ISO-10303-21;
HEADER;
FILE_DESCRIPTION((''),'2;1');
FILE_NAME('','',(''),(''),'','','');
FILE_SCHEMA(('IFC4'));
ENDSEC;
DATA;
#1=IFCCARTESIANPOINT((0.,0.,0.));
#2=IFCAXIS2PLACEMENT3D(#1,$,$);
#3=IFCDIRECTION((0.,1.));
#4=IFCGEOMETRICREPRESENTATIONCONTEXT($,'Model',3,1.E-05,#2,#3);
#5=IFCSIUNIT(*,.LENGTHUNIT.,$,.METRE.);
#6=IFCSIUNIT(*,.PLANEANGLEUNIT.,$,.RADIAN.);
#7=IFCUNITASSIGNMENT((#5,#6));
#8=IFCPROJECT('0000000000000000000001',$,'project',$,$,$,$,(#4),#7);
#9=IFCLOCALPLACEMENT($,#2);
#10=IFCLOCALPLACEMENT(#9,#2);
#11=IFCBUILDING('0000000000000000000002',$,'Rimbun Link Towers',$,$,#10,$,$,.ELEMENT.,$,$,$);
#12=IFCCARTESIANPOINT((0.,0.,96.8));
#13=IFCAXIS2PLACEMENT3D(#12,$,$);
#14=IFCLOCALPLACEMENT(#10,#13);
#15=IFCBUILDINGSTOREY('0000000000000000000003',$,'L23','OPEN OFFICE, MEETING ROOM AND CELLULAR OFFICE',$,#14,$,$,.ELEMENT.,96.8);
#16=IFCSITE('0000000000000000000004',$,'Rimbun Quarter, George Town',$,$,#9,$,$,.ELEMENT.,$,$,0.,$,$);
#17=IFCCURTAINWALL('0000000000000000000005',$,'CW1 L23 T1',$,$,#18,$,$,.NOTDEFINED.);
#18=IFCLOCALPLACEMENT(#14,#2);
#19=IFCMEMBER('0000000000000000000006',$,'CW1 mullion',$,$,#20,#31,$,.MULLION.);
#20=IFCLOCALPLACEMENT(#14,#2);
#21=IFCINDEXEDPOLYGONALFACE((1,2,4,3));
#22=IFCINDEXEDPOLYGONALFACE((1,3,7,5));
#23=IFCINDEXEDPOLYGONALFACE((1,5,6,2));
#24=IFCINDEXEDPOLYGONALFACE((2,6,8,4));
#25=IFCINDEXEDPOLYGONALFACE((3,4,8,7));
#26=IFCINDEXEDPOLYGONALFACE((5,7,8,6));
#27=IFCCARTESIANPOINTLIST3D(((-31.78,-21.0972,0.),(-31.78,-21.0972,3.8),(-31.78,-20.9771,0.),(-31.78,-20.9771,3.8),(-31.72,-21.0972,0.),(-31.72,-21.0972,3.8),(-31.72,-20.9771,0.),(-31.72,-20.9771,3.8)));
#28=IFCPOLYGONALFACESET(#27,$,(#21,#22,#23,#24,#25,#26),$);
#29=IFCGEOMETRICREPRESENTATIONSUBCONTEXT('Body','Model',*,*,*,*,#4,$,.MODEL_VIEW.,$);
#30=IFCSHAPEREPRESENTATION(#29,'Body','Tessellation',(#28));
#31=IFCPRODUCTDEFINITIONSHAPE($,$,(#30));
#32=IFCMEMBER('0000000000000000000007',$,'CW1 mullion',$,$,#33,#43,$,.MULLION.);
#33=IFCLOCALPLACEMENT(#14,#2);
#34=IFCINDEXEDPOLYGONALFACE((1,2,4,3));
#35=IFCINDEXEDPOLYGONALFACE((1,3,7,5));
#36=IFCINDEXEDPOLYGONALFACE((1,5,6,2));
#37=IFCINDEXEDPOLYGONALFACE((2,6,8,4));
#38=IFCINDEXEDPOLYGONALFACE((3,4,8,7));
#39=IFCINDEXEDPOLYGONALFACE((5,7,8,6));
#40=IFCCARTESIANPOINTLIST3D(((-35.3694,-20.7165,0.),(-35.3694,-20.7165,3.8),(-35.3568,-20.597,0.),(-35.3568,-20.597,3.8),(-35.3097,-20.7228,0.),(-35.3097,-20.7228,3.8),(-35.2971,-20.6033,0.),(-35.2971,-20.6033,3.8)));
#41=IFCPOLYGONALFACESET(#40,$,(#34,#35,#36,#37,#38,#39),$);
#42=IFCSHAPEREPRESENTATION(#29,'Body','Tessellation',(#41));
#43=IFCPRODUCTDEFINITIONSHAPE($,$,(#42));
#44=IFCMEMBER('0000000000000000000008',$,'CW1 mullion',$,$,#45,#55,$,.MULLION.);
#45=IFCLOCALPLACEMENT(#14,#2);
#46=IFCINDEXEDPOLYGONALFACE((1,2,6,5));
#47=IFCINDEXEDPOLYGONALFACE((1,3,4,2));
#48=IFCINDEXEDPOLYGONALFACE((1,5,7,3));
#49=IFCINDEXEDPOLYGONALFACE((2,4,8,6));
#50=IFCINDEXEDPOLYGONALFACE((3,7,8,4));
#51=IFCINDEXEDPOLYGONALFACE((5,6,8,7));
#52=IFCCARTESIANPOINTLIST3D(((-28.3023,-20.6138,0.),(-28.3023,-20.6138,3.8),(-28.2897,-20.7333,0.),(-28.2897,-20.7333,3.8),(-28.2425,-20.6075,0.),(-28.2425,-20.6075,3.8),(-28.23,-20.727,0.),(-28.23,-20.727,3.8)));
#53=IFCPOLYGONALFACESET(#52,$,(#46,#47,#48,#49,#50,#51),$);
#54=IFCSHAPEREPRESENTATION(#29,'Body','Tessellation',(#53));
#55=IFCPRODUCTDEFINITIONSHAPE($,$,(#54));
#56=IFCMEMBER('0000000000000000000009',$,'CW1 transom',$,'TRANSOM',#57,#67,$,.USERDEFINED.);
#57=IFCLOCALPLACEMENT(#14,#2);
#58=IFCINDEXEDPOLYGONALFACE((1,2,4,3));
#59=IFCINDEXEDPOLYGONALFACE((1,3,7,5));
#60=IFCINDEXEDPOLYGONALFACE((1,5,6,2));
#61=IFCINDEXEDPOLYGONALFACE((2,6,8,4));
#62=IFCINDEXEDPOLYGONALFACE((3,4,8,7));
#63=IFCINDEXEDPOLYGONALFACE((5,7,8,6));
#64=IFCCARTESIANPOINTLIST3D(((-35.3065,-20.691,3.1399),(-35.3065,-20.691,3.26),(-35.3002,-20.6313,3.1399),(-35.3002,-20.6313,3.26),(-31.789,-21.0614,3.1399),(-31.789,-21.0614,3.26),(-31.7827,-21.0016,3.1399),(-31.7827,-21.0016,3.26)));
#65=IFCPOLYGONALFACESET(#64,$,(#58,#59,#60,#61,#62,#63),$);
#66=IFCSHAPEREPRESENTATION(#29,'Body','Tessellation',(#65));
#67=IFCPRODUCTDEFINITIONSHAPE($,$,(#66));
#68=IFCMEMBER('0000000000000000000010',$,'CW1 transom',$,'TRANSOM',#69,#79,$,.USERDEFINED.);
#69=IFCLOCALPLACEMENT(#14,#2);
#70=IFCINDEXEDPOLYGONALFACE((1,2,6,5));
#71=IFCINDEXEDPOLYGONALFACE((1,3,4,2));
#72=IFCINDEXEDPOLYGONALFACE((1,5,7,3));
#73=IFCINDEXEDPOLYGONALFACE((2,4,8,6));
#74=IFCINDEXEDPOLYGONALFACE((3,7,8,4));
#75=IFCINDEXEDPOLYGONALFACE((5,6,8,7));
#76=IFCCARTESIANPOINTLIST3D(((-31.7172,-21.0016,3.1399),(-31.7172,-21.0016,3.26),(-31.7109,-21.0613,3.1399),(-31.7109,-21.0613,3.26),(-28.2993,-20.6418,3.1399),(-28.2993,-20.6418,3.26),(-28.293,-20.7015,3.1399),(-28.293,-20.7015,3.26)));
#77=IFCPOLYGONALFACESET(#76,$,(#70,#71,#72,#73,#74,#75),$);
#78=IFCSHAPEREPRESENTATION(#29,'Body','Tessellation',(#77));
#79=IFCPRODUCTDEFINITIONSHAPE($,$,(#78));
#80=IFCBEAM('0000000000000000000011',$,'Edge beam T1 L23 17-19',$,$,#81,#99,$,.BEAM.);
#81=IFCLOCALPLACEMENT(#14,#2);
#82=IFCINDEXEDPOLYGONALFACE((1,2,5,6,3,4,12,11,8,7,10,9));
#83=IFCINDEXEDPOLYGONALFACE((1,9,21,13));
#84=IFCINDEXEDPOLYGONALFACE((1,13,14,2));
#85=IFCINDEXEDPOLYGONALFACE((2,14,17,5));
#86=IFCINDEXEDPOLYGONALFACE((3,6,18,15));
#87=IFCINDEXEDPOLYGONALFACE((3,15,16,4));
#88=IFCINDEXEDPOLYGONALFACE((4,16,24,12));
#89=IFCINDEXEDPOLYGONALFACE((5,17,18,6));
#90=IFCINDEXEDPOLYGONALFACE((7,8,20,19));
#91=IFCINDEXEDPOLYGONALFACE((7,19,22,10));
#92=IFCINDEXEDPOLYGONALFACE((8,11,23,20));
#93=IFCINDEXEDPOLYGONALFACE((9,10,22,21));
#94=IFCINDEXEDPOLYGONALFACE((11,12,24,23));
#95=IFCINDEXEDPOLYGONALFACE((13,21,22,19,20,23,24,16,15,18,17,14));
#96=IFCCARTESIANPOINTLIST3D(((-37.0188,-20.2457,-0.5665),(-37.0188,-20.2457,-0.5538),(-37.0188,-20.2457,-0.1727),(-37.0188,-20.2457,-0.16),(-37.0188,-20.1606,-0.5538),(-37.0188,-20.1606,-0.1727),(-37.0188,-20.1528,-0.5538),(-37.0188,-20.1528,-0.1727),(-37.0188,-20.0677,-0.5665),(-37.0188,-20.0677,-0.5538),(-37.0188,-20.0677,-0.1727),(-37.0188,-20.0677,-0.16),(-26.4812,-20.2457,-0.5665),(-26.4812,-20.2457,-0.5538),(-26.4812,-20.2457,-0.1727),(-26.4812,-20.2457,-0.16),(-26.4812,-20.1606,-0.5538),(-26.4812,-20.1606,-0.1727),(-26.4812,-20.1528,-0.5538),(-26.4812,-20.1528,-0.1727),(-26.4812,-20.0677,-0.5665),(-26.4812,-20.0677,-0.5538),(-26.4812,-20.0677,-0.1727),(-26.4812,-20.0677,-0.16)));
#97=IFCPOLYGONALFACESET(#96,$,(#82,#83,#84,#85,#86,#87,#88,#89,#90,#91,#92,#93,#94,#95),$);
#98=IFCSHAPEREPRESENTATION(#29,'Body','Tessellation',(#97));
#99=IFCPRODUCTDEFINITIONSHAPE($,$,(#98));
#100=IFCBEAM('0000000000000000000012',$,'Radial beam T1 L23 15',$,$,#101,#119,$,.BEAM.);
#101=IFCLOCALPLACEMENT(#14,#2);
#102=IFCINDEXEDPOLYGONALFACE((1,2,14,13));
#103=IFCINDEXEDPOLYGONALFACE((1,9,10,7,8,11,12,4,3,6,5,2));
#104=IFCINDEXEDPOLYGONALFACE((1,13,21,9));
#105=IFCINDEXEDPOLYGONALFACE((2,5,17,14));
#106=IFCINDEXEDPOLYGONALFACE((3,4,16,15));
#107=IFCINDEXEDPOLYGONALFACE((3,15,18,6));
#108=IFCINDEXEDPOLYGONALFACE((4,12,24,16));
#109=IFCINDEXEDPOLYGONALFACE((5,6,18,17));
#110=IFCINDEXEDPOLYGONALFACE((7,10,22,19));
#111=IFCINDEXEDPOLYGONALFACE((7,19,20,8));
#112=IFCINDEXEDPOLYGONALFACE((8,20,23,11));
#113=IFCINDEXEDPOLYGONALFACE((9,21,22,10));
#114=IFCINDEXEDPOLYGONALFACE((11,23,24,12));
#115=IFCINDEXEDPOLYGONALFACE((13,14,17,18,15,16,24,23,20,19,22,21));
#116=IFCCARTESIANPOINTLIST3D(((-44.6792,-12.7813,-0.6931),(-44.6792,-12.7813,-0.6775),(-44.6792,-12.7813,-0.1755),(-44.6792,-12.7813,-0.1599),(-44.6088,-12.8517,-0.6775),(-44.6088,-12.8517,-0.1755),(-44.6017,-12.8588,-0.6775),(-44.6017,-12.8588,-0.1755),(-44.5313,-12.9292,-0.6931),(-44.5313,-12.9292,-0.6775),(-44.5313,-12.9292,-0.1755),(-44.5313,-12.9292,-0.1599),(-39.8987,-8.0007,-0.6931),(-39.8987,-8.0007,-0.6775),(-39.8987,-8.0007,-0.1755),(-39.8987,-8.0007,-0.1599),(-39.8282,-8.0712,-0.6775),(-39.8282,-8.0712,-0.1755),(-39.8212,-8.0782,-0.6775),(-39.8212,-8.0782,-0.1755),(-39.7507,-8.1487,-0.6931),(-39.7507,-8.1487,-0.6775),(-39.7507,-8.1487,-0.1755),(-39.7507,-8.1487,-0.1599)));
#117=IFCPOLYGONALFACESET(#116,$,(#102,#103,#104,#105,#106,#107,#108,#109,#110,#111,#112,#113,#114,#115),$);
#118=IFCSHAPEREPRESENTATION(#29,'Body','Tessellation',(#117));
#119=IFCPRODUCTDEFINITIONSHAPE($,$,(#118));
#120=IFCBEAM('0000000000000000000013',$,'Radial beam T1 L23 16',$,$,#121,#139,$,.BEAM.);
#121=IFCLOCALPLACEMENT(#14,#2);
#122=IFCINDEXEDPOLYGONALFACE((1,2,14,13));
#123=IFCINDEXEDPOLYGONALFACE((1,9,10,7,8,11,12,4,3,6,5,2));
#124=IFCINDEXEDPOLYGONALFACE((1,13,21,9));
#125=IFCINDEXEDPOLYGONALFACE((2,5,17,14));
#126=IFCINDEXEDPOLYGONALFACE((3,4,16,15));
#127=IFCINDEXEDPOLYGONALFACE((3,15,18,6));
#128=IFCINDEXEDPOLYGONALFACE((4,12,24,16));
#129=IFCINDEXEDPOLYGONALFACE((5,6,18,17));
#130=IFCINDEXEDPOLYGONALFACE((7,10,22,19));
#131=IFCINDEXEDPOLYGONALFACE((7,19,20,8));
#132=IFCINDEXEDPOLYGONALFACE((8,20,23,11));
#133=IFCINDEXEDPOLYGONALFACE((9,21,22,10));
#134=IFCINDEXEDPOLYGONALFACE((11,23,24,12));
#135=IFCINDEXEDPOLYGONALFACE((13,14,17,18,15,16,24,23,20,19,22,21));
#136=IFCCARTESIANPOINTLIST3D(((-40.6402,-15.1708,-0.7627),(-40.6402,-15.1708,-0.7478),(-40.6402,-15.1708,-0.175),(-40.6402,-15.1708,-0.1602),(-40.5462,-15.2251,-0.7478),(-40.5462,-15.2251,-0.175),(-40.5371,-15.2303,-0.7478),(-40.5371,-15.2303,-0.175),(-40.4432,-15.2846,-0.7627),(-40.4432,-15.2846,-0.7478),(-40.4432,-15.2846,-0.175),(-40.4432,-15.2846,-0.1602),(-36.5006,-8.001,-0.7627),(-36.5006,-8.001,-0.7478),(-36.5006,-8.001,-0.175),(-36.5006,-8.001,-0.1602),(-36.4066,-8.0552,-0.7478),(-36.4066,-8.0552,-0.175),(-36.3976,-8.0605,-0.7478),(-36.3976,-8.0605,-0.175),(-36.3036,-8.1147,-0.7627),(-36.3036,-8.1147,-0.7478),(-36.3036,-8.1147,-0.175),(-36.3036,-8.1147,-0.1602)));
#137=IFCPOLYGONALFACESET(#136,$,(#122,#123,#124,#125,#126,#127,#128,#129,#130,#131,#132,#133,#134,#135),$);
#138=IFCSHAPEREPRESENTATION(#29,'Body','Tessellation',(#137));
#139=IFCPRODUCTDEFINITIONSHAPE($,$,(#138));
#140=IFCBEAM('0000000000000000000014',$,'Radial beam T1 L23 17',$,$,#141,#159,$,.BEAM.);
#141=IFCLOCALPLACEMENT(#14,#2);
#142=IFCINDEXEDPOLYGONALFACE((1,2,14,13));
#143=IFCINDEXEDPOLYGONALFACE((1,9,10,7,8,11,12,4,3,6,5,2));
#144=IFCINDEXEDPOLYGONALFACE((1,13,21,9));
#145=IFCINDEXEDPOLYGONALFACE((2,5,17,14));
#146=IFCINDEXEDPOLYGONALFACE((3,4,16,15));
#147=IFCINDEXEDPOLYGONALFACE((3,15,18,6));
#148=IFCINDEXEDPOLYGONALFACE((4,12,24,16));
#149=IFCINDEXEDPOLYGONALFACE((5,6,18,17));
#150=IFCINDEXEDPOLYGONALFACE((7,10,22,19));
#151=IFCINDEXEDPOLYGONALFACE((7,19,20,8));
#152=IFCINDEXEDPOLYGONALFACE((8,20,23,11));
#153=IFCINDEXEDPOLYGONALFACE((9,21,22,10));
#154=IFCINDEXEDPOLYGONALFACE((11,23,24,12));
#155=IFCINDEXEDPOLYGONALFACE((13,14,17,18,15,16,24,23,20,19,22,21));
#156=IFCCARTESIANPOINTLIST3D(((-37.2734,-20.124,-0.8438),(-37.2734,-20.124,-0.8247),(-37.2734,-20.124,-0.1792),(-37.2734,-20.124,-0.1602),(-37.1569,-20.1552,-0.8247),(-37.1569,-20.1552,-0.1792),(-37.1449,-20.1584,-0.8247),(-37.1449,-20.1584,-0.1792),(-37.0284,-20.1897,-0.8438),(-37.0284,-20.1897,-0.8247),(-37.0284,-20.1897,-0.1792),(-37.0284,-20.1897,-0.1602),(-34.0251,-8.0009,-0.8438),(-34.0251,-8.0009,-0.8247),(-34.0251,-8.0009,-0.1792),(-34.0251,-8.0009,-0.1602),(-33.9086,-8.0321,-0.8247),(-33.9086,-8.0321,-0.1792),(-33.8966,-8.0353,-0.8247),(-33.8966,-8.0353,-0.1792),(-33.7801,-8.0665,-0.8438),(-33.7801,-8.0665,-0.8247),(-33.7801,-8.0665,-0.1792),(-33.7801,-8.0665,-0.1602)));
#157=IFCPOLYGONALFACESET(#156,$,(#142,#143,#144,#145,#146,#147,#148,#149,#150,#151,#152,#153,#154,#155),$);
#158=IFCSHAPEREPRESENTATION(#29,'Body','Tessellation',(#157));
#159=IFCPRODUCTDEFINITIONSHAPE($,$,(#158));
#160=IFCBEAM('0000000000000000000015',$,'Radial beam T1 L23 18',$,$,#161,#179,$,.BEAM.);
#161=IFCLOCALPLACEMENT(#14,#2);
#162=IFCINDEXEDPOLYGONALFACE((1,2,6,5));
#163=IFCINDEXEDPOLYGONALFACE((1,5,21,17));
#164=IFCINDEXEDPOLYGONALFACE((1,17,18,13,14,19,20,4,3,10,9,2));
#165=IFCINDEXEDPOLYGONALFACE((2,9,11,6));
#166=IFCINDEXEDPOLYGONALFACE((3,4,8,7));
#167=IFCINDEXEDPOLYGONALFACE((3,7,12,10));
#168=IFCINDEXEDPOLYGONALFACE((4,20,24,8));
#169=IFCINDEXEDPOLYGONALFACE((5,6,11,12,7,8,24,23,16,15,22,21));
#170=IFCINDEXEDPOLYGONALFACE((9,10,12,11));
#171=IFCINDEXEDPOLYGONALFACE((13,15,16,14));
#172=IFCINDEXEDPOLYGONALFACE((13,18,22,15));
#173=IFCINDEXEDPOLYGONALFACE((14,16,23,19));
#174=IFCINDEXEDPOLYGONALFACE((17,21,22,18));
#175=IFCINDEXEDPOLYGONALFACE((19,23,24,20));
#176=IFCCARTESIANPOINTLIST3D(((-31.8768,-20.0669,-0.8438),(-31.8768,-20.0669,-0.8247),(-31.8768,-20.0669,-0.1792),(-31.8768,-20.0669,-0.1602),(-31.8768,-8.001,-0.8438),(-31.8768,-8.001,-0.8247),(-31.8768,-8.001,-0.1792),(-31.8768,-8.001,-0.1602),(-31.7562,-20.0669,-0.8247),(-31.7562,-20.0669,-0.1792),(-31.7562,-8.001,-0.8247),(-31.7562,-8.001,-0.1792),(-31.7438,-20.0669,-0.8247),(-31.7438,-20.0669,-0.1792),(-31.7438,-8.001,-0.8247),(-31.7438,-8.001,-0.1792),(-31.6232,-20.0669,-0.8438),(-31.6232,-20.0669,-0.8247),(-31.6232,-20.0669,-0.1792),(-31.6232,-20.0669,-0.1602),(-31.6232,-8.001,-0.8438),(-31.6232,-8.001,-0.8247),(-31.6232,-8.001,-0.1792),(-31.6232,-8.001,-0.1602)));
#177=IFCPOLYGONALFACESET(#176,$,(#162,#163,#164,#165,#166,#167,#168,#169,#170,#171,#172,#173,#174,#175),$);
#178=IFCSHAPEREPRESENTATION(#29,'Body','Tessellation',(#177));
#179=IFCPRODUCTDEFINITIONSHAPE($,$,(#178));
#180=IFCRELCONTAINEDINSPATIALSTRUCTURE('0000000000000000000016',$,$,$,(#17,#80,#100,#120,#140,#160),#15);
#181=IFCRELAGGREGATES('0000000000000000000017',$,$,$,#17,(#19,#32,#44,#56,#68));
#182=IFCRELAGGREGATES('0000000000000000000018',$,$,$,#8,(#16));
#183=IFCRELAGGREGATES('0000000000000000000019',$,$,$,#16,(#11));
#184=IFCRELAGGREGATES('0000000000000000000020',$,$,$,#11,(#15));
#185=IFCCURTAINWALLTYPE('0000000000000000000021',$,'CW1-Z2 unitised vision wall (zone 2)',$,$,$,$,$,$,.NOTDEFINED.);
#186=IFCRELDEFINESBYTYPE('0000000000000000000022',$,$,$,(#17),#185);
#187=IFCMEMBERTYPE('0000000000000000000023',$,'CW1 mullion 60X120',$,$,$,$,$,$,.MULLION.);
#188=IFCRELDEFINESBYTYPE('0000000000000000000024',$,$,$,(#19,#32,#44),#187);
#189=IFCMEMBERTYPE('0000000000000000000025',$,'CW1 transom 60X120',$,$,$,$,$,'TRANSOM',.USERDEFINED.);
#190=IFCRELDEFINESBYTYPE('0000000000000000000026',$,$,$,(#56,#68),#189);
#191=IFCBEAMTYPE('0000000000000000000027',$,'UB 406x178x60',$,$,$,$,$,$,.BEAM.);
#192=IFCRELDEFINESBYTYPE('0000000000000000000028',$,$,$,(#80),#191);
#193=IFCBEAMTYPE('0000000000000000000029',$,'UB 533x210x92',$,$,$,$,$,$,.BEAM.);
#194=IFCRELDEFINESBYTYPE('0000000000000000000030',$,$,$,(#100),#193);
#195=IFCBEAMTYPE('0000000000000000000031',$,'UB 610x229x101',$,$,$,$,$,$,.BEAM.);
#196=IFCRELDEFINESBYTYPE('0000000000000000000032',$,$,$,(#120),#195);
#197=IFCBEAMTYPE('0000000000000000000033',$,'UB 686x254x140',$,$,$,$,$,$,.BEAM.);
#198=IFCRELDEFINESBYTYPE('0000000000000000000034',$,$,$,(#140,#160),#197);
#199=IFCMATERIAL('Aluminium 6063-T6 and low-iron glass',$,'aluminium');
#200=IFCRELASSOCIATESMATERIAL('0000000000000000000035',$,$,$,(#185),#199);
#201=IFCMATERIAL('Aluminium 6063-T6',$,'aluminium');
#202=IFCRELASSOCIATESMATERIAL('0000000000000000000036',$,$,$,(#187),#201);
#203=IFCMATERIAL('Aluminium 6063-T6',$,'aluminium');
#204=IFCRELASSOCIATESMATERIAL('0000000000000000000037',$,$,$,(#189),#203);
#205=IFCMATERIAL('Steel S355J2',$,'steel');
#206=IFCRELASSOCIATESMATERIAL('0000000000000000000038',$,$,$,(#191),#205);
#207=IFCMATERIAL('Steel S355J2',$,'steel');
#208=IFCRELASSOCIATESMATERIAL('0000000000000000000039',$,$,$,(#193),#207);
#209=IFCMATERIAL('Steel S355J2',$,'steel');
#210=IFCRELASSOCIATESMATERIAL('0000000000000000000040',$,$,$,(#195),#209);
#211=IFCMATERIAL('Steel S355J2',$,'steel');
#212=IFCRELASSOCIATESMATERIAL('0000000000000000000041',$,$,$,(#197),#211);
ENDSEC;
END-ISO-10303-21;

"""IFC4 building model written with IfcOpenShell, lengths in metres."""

from ifc_helpers import new_model, si_unit, direction, frame, origin, origin_2d, place, context, subcontext, project, spatial, rectangle, i_section, extrude, material, material_profile, profile_set, type_object, element, aggregate, save


model = new_model("IFC4")

# Units and contexts
model_context = context("Model", 3, precision=1e-05, world=origin(), true_north=direction((0.0, 1.0)))
body_context = subcontext(model_context, "Body", "Model", "MODEL_VIEW")
ifc_project = project(units=[si_unit("LENGTHUNIT", "METRE"), si_unit("PLANEANGLEUNIT", "RADIAN")], contexts=[model_context])

# Site, building, storey
site_placement = place(None, origin())
site = spatial("IfcSite", under=ifc_project, at=site_placement, Name="Rimbun Quarter, George Town", CompositionType="ELEMENT", RefElevation=0.0)
building_placement = place(site_placement, origin())
building = spatial("IfcBuilding", under=site, at=building_placement, Name="Rimbun Link Towers", CompositionType="ELEMENT")
storey_placement = place(building_placement, frame((0.0, 0.0, 96.8)))
storey = spatial("IfcBuildingStorey", under=building, at=storey_placement, Name="L23", Description="OPEN OFFICE, MEETING ROOM AND CELLULAR OFFICE", CompositionType="ELEMENT", Elevation=96.8)

# Curtain wall, members
ifc_material_1 = material(Name="Aluminium 6063-T6 and low-iron glass", Category="aluminium")
curtain_wall_type = type_object("IfcCurtainWallType", Name="CW1-Z2 unitised vision wall (zone 2)", PredefinedType="NOTDEFINED", material=ifc_material_1)
curtain_wall_placement = place(storey_placement, origin())
curtain_wall = element("IfcCurtainWall", 1, at=curtain_wall_placement, inside=storey, type_object=curtain_wall_type, Name="CW1 L23 T1", PredefinedType="NOTDEFINED")
ifc_material_2 = material(Name="Aluminium 6063-T6", Category="aluminium")
ifc_material_profile_1 = material_profile(ifc_material_2, rectangle(XDim=0.1201, YDim=0.0601, at=origin_2d()), Name="MULLION 60X120")
ifc_profile_set_1 = profile_set([ifc_material_profile_1], Name="Aluminium 6063-T6")
member_type_1 = type_object("IfcMemberType", Name="CW1 mullion 60X120", PredefinedType="MULLION", material=ifc_profile_set_1)
member_1_placement = place(storey_placement, frame((-31.75, -21.0371, 0.0), z_axis=(0.0, 0.0, 1.0), x_axis=(0.0, -1.0, 0.0)))
member_1 = element("IfcMember", 2, at=member_1_placement, type_object=member_type_1, Name="CW1 mullion", PredefinedType="MULLION", context=body_context, shape_type="SweptSolid", body=[
    extrude(rectangle(XDim=0.1201, YDim=0.0601, at=origin_2d()), origin(), (0.0, 0.0, 1.0), 3.8),
])
member_2_placement = place(storey_placement, frame((-35.3333, -20.6599, 0.0), z_axis=(0.0, 0.0, 1.0), x_axis=(-0.104735, -0.9945, 0.0)))
member_2 = element("IfcMember", 3, at=member_2_placement, type_object=member_type_1, Name="CW1 mullion", PredefinedType="MULLION", context=body_context, shape_type="SweptSolid", body=[
    extrude(rectangle(XDim=0.1201, YDim=0.0601, at=origin_2d()), origin(), (0.0, 0.0, 1.0), 3.8),
])
member_3_placement = place(storey_placement, frame((-28.2661, -20.6704, 0.0), z_axis=(0.0, 0.0, 1.0), x_axis=(0.104735, -0.9945, 0.0)))
member_3 = element("IfcMember", 4, at=member_3_placement, type_object=member_type_1, Name="CW1 mullion", PredefinedType="MULLION", context=body_context, shape_type="SweptSolid", body=[
    extrude(rectangle(XDim=0.1201, YDim=0.0601, at=origin_2d()), origin(), (0.0, 0.0, 1.0), 3.8),
])
ifc_material_3 = material(Name="Aluminium 6063-T6", Category="aluminium")
ifc_material_profile_2 = material_profile(ifc_material_3, rectangle(XDim=0.0601, YDim=0.1201, at=origin_2d()), Name="TRANSOM 60X120")
ifc_profile_set_2 = profile_set([ifc_material_profile_2], Name="Aluminium 6063-T6")
member_type_2 = type_object("IfcMemberType", Name="CW1 transom 60X120", ElementType="TRANSOM", PredefinedType="USERDEFINED", material=ifc_profile_set_2)
member_4_placement = place(storey_placement, frame((-31.7859, -21.0315, 3.2), z_axis=(-0.994502, 0.104717, 0.0), x_axis=(-0.104717, -0.994502, 0.0)))
member_4 = element("IfcMember", 5, at=member_4_placement, type_object=member_type_2, Name="CW1 transom", ObjectType="TRANSOM", PredefinedType="USERDEFINED", context=body_context, shape_type="SweptSolid", body=[
    extrude(rectangle(XDim=0.0601, YDim=0.1201, at=origin_2d()), origin(), (0.0, 0.0, 1.0), 3.5369),
])
member_5_placement = place(storey_placement, frame((-28.2961, -20.6716, 3.2), z_axis=(-0.994503, -0.104707, 0.0), x_axis=(0.104707, -0.994503, 0.0)))
member_5 = element("IfcMember", 6, at=member_5_placement, type_object=member_type_2, Name="CW1 transom", ObjectType="TRANSOM", PredefinedType="USERDEFINED", context=body_context, shape_type="SweptSolid", body=[
    extrude(rectangle(XDim=0.0601, YDim=0.1201, at=origin_2d()), origin(), (0.0, 0.0, 1.0), 3.4368),
])

# Beams
ifc_material_4 = material(Name="Steel S355J2", Category="steel")
ifc_material_profile_3 = material_profile(ifc_material_4, i_section(OverallWidth=0.178, OverallDepth=0.4065, WebThickness=0.0078, FlangeThickness=0.0127, at=origin_2d()), Name="UB 406x178x60")
ifc_profile_set_3 = profile_set([ifc_material_profile_3], Name="Steel S355J2")
beam_type_1 = type_object("IfcBeamType", Name="UB 406x178x60", PredefinedType="BEAM", material=ifc_profile_set_3)
beam_1_placement = place(storey_placement, frame((-37.0188, -20.1567, -0.3633), z_axis=(1.0, 0.0, 0.0), x_axis=(0.0, 1.0, 0.0)))
element("IfcBeam", 7, at=beam_1_placement, inside=storey, type_object=beam_type_1, Name="Edge beam T1 L23 17-19", PredefinedType="BEAM", context=body_context, shape_type="SweptSolid", body=[
    extrude(i_section(OverallWidth=0.178, OverallDepth=0.4065, WebThickness=0.0078, FlangeThickness=0.0127, at=origin_2d()), origin(), (0.0, 0.0, 1.0), 10.5376),
])
ifc_material_5 = material(Name="Steel S355J2", Category="steel")
ifc_material_profile_4 = material_profile(ifc_material_5, i_section(OverallWidth=0.2092, OverallDepth=0.5332, WebThickness=0.01, FlangeThickness=0.0156, at=origin_2d()), Name="UB 533x210x92")
ifc_profile_set_4 = profile_set([ifc_material_profile_4], Name="Steel S355J2")
beam_type_2 = type_object("IfcBeamType", Name="UB 533x210x92", PredefinedType="BEAM", material=ifc_profile_set_4)
beam_2_placement = place(storey_placement, frame((-39.8247, -8.0747, -0.4265), z_axis=(-0.707107, -0.707107, 0.0), x_axis=(0.707107, -0.707107, 0.0)))
element("IfcBeam", 8, at=beam_2_placement, inside=storey, type_object=beam_type_2, Name="Radial beam T1 L23 15", PredefinedType="BEAM", context=body_context, shape_type="SweptSolid", body=[
    extrude(i_section(OverallWidth=0.2092, OverallDepth=0.5332, WebThickness=0.01, FlangeThickness=0.0156, at=origin_2d()), origin(), (0.0, 0.0, 1.0), 6.7607),
])
ifc_material_6 = material(Name="Steel S355J2", Category="steel")
ifc_material_profile_5 = material_profile(ifc_material_6, i_section(OverallWidth=0.2275, OverallDepth=0.6025, WebThickness=0.0105, FlangeThickness=0.0149, at=origin_2d()), Name="UB 610x229x101")
ifc_profile_set_5 = profile_set([ifc_material_profile_5], Name="Steel S355J2")
beam_type_3 = type_object("IfcBeamType", Name="UB 610x229x101", PredefinedType="BEAM", material=ifc_profile_set_5)
beam_3_placement = place(storey_placement, frame((-36.4021, -8.0579, -0.4614), z_axis=(-0.500008, -0.866021, 0.0), x_axis=(0.866021, -0.500008, 0.0)))
element("IfcBeam", 9, at=beam_3_placement, inside=storey, type_object=beam_type_3, Name="Radial beam T1 L23 16", PredefinedType="BEAM", context=body_context, shape_type="SweptSolid", body=[
    extrude(i_section(OverallWidth=0.2275, OverallDepth=0.6025, WebThickness=0.0105, FlangeThickness=0.0149, at=origin_2d()), origin(), (0.0, 0.0, 1.0), 8.2791),
])
ifc_material_7 = material(Name="Steel S355J2", Category="steel")
ifc_material_profile_6 = material_profile(ifc_material_7, i_section(OverallWidth=0.2537, OverallDepth=0.6836, WebThickness=0.0125, FlangeThickness=0.019, at=origin_2d()), Name="UB 686x254x140")
ifc_profile_set_6 = profile_set([ifc_material_profile_6], Name="Steel S355J2")
beam_type_4 = type_object("IfcBeamType", Name="UB 686x254x140", PredefinedType="BEAM", material=ifc_profile_set_6)
beam_4_placement = place(storey_placement, frame((-33.9026, -8.0337, -0.502), z_axis=(-0.258814, -0.965927, 0.0), x_axis=(0.965927, -0.258814, 0.0)))
element("IfcBeam", 10, at=beam_4_placement, inside=storey, type_object=beam_type_4, Name="Radial beam T1 L23 17", PredefinedType="BEAM", context=body_context, shape_type="SweptSolid", body=[
    extrude(i_section(OverallWidth=0.2537, OverallDepth=0.6836, WebThickness=0.0125, FlangeThickness=0.019, at=origin_2d()), origin(), (0.0, 0.0, 1.0), 12.5508),
])
beam_5_placement = place(storey_placement, frame((-31.75, -8.001, -0.502), z_axis=(0.0, -1.0, 0.0), x_axis=(1.0, 0.0, 0.0)))
element("IfcBeam", 11, at=beam_5_placement, inside=storey, type_object=beam_type_4, Name="Radial beam T1 L23 18", PredefinedType="BEAM", context=body_context, shape_type="SweptSolid", body=[
    extrude(i_section(OverallWidth=0.2537, OverallDepth=0.6836, WebThickness=0.0125, FlangeThickness=0.019, at=origin_2d()), origin(), (0.0, 0.0, 1.0), 12.0659),
])

aggregate(curtain_wall, [member_1, member_2, member_3, member_4, member_5])

save(model, "model.ifc")
